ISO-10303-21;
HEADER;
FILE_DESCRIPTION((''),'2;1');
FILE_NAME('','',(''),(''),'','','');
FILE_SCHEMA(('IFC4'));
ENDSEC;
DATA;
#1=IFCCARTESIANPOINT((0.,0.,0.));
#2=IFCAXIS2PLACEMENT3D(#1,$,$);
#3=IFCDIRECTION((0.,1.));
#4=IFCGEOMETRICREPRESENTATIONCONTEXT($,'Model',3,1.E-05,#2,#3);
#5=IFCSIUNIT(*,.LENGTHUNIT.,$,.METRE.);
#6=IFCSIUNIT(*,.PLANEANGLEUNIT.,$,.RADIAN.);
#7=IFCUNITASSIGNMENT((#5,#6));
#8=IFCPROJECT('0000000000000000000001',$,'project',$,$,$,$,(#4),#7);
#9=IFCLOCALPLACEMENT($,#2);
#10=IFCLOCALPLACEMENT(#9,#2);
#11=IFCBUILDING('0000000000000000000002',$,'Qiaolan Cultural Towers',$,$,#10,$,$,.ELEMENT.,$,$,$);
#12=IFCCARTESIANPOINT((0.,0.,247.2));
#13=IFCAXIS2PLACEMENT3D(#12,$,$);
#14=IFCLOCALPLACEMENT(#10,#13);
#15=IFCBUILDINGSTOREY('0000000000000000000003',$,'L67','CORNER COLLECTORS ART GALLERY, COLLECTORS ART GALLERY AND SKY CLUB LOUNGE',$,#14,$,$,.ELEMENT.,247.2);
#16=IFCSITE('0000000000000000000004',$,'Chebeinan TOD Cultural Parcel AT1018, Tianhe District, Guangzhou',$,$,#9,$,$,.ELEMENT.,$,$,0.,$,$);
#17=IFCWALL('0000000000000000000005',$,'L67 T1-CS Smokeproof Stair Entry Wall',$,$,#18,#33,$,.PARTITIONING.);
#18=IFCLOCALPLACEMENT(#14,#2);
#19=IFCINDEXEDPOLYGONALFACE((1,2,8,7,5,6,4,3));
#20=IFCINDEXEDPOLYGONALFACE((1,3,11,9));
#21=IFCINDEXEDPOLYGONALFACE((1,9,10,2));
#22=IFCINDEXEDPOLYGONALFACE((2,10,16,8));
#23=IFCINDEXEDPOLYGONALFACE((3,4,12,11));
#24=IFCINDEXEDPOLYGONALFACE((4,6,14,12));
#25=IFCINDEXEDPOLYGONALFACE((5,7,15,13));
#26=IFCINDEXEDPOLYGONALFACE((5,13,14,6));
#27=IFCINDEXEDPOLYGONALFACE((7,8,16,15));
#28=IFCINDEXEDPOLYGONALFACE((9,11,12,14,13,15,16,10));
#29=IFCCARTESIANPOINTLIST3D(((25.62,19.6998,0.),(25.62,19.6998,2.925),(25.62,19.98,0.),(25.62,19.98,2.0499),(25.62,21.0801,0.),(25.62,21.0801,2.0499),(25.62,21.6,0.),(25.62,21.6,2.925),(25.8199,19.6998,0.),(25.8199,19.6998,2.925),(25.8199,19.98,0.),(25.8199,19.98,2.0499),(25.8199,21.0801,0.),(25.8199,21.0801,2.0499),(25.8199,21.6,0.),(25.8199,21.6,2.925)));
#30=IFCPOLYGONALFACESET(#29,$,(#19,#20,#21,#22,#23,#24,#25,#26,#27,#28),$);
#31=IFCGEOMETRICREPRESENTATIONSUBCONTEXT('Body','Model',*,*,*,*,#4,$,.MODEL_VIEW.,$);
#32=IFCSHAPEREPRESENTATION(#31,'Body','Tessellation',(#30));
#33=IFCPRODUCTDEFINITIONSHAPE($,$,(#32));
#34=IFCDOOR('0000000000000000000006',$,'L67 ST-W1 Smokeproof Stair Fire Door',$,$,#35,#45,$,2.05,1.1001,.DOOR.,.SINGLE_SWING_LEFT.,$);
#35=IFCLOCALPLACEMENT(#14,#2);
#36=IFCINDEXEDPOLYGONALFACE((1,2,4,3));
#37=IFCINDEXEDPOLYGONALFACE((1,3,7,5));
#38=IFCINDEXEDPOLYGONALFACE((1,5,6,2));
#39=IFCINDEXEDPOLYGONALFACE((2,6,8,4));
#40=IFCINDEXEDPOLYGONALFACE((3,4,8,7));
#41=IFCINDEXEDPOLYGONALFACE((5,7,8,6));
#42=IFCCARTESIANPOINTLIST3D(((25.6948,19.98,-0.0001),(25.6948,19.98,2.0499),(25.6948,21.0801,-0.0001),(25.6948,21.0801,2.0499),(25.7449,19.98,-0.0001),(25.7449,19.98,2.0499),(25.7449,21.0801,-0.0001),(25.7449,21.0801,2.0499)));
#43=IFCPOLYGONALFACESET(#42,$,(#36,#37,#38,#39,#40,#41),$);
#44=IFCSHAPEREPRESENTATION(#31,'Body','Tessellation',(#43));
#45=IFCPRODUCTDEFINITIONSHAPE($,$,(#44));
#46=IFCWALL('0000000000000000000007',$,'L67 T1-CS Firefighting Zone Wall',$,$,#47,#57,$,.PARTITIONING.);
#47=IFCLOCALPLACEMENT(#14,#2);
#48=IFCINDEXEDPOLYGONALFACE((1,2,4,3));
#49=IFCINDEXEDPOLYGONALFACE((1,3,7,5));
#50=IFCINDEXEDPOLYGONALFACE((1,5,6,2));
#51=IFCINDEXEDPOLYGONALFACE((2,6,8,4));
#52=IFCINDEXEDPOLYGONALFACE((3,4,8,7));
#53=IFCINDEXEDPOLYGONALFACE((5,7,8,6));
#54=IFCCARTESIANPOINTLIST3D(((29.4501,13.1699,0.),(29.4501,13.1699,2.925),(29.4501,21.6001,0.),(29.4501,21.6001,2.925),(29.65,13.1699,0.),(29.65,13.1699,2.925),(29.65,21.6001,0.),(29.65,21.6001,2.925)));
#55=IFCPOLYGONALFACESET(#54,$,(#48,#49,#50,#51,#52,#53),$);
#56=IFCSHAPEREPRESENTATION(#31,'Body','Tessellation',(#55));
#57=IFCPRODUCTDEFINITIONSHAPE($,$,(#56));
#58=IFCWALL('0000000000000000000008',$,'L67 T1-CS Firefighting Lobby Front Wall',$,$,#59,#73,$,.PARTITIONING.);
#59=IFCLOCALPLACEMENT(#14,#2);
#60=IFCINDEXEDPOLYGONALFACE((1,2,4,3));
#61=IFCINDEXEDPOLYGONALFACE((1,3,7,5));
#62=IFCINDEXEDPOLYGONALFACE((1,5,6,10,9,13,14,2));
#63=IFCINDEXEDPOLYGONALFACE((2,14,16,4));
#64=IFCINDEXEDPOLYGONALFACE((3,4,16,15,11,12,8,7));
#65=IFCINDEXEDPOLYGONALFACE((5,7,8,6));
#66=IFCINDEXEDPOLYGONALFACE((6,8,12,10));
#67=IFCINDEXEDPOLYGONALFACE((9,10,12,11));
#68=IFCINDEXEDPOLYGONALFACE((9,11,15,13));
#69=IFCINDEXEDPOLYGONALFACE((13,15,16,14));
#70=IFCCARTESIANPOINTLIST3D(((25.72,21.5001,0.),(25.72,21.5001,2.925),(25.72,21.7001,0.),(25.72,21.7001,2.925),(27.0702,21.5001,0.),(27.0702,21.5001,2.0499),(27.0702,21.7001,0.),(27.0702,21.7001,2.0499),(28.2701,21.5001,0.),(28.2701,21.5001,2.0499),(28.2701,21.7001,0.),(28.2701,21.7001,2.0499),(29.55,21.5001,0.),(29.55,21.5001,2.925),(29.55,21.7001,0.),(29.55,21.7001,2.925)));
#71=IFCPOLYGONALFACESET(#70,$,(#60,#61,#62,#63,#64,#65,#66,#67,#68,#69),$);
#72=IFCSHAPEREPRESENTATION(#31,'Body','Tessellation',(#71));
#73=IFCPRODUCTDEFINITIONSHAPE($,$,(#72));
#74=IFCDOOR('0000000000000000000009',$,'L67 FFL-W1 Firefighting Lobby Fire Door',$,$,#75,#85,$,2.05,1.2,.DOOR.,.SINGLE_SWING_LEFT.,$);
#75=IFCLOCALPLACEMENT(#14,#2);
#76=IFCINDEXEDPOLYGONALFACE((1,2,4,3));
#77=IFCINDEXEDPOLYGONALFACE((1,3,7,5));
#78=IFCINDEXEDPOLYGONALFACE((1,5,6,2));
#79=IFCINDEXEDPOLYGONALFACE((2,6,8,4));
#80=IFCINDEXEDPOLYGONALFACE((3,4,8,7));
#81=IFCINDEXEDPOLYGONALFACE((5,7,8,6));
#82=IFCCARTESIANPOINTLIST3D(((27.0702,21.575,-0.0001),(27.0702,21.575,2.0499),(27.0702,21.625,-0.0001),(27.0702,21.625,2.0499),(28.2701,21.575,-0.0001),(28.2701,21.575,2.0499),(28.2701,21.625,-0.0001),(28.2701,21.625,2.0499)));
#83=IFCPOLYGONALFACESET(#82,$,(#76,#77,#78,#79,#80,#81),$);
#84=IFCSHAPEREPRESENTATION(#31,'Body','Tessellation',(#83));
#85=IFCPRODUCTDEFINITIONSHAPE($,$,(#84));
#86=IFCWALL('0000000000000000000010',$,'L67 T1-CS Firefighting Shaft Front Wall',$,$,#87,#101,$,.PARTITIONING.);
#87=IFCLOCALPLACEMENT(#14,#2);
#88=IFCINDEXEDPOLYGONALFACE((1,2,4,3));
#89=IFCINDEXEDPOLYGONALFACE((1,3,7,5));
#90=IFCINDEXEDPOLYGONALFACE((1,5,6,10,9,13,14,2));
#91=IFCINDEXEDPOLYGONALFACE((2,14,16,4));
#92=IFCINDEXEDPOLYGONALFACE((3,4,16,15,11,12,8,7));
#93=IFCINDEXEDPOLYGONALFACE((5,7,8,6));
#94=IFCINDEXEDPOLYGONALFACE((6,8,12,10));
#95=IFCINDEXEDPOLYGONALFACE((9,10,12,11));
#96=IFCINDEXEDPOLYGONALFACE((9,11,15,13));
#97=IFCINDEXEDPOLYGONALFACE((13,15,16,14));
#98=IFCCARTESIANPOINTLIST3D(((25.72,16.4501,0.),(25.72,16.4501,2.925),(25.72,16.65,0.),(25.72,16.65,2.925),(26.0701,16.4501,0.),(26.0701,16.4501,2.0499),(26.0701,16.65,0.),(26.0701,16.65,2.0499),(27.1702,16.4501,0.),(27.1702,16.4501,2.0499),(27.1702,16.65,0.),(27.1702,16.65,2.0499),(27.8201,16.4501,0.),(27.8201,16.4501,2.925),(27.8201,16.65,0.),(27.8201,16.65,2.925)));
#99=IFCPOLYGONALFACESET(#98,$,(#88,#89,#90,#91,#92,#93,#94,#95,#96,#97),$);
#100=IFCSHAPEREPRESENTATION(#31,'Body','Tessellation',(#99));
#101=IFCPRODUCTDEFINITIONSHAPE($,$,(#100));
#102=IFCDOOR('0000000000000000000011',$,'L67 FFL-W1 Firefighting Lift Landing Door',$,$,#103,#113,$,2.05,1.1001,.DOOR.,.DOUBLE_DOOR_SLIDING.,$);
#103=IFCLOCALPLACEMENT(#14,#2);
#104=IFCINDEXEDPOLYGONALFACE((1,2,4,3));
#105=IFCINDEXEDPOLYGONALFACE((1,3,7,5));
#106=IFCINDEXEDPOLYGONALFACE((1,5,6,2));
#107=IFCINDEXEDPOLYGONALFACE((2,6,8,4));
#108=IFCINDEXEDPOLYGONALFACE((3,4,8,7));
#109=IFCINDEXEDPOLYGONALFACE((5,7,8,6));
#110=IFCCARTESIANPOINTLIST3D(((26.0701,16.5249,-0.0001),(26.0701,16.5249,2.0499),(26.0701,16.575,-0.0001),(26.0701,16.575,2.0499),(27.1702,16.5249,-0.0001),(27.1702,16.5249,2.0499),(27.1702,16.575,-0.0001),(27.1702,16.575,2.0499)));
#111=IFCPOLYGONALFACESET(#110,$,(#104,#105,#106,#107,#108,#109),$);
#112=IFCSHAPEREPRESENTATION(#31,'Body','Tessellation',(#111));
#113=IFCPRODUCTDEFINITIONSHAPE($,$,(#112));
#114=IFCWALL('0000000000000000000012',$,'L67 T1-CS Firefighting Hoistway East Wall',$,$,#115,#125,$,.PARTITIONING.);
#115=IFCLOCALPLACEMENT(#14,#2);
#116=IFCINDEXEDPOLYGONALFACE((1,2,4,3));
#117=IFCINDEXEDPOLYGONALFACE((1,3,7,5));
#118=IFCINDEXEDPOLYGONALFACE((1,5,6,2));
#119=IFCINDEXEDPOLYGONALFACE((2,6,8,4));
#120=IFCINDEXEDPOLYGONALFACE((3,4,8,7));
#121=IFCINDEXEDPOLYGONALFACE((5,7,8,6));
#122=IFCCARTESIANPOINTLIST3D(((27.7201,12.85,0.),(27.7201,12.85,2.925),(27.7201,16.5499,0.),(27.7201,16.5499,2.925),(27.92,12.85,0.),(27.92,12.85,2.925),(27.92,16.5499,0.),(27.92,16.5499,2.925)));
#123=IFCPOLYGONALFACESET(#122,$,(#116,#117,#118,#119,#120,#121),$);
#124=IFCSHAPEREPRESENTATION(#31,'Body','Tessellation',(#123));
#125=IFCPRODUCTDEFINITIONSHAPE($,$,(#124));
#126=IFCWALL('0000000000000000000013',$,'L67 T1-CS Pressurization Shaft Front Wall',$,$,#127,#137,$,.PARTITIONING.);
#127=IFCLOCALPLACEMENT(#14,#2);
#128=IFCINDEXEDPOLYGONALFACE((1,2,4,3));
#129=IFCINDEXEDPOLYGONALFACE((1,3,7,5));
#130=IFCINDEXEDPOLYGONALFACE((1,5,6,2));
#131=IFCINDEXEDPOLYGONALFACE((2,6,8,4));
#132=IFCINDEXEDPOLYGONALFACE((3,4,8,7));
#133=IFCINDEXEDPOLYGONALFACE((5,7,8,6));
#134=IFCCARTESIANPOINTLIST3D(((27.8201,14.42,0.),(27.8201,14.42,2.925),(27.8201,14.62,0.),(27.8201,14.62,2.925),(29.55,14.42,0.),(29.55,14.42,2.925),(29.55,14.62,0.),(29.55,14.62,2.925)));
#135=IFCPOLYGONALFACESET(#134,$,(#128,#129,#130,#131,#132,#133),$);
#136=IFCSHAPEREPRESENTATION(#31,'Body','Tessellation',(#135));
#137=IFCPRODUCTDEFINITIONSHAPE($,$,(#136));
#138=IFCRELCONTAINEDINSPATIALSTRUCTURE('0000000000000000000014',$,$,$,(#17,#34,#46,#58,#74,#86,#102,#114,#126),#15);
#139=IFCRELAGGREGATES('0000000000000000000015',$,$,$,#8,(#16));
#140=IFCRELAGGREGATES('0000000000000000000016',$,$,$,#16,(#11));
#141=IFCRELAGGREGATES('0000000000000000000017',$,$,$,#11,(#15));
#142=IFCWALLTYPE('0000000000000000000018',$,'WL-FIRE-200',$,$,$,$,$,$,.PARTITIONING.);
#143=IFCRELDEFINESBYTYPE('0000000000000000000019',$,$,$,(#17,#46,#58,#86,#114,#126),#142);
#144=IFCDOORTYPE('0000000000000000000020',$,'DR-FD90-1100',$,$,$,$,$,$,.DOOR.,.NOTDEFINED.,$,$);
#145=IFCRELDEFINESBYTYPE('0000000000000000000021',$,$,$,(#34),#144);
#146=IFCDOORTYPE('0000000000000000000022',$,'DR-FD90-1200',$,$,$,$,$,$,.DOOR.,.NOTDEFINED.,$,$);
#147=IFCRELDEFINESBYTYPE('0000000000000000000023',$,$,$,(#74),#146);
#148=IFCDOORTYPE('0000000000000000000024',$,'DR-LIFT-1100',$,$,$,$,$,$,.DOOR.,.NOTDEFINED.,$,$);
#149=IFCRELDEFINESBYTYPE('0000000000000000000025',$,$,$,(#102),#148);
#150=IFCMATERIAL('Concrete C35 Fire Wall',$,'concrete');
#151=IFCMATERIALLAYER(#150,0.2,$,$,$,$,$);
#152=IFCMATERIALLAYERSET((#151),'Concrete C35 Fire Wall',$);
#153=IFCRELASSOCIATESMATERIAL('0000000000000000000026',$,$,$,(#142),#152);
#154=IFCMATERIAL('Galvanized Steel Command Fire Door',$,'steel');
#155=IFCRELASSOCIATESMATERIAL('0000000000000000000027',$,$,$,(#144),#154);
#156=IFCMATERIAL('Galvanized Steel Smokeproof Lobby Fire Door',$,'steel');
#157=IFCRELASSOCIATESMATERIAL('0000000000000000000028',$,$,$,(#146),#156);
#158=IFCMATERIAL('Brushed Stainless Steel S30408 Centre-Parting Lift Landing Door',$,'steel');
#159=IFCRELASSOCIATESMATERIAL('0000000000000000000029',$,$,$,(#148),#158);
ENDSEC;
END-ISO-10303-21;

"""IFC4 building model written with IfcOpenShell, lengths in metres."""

from ifc_helpers import new_model, si_unit, direction, frame, frame_2d, origin, place, context, subcontext, project, spatial, rectangle, extrude, material, layer, layer_set, type_object, element, fill, save


model = new_model("IFC4")

# Units and contexts
model_context = context("Model", 3, precision=1e-05, world=origin(), true_north=direction((0.0, 1.0)))
body_context = subcontext(model_context, "Body", "Model", "MODEL_VIEW")
ifc_project = project(units=[si_unit("LENGTHUNIT", "METRE"), si_unit("PLANEANGLEUNIT", "RADIAN")], contexts=[model_context])

# Site, building, storey
site_placement = place(None, origin())
site = spatial("IfcSite", under=ifc_project, at=site_placement, Name="Chebeinan TOD Cultural Parcel AT1018, Tianhe District, Guangzhou", CompositionType="ELEMENT", RefElevation=0.0)
building_placement = place(site_placement, origin())
building = spatial("IfcBuilding", under=site, at=building_placement, Name="Qiaolan Cultural Towers", CompositionType="ELEMENT")
storey_placement = place(building_placement, frame((0.0, 0.0, 247.2)))
storey = spatial("IfcBuildingStorey", under=building, at=storey_placement, Name="L67", Description="CORNER COLLECTORS ART GALLERY, COLLECTORS ART GALLERY AND SKY CLUB LOUNGE", CompositionType="ELEMENT", Elevation=247.2)

# Wall, opening, door
ifc_material_1 = material(Name="Concrete C35 Fire Wall", Category="concrete")
ifc_layer_1 = layer(ifc_material_1, 0.2)
ifc_layer_set_1 = layer_set([ifc_layer_1], Name="Concrete C35 Fire Wall")
wall_type_1 = type_object("IfcWallType", Name="WL-FIRE-200", PredefinedType="PARTITIONING", material=ifc_layer_set_1)
wall_1_placement = place(storey_placement, frame((25.72, 21.6001, 0.0), z_axis=(0.0, 0.0, 1.0), x_axis=(0.0, -1.0, 0.0)))
wall_1 = element("IfcWall", 1, at=wall_1_placement, inside=storey, type_object=wall_type_1, Name="L67 T1-CS Smokeproof Stair Entry Wall", PredefinedType="PARTITIONING", context=body_context, shape_type="SweptSolid", body=[
    extrude(rectangle(XDim=1.9001, YDim=0.2, at=frame_2d((0.9502, 0.0))), origin(), (0.0, 0.0, 1.0), 2.925),
])
opening_1_placement = place(wall_1_placement, frame((0.52, 0.0, 0.0)))
opening_1 = element("IfcOpeningElement", 2, at=opening_1_placement, cuts=wall_1, PredefinedType="OPENING", context=body_context, shape_type="SweptSolid", body=[
    extrude(rectangle(XDim=1.1001, YDim=2.05, at=frame_2d((0.55, 1.0249))), frame((0.0, 0.1099, 0.0), z_axis=(0.0, -1.0, 0.0), x_axis=(1.0, 0.0, 0.0)), (0.0, 0.0, 1.0), 0.22),
])
ifc_material_2 = material(Name="Galvanized Steel Command Fire Door", Category="steel")
door_type_1 = type_object("IfcDoorType", Name="DR-FD90-1100", OperationType="NOTDEFINED", PredefinedType="DOOR", material=ifc_material_2)
door_1_placement = place(opening_1_placement, origin())
door_1 = element("IfcDoor", 3, at=door_1_placement, inside=storey, type_object=door_type_1, Name="L67 ST-W1 Smokeproof Stair Fire Door", OperationType="SINGLE_SWING_LEFT", OverallHeight=2.05, OverallWidth=1.1001, PredefinedType="DOOR", context=body_context, shape_type="SweptSolid", body=[
    extrude(rectangle(XDim=1.1001, YDim=2.05, at=frame_2d((0.55, 1.0249))), frame((0.0, 0.0249, 0.0), z_axis=(0.0, -1.0, 0.0), x_axis=(1.0, 0.0, 0.0)), (0.0, 0.0, 1.0), 0.05),
])
fill(opening_1, door_1)

# Wall
wall_2_placement = place(storey_placement, frame((29.55, 21.6001, 0.0), z_axis=(0.0, 0.0, 1.0), x_axis=(0.0, -1.0, 0.0)))
element("IfcWall", 4, at=wall_2_placement, inside=storey, type_object=wall_type_1, Name="L67 T1-CS Firefighting Zone Wall", PredefinedType="PARTITIONING", context=body_context, shape_type="SweptSolid", body=[
    extrude(rectangle(XDim=8.4302, YDim=0.2, at=frame_2d((4.2151, 0.0))), origin(), (0.0, 0.0, 1.0), 2.925),
])

# Walls, openings, doors
wall_3_placement = place(storey_placement, frame((25.72, 21.6001, 0.0), z_axis=(0.0, 0.0, 1.0), x_axis=(1.0, 0.0, 0.0)))
wall_3 = element("IfcWall", 5, at=wall_3_placement, inside=storey, type_object=wall_type_1, Name="L67 T1-CS Firefighting Lobby Front Wall", PredefinedType="PARTITIONING", context=body_context, shape_type="SweptSolid", body=[
    extrude(rectangle(XDim=3.8301, YDim=0.2, at=frame_2d((1.915, 0.0))), origin(), (0.0, 0.0, 1.0), 2.925),
])
opening_2_placement = place(wall_3_placement, frame((1.3501, 0.0, 0.0)))
opening_2 = element("IfcOpeningElement", 6, at=opening_2_placement, cuts=wall_3, PredefinedType="OPENING", context=body_context, shape_type="SweptSolid", body=[
    extrude(rectangle(XDim=1.2, YDim=2.05, at=frame_2d((0.6001, 1.0249))), frame((0.0, 0.1099, 0.0), z_axis=(0.0, -1.0, 0.0), x_axis=(1.0, 0.0, 0.0)), (0.0, 0.0, 1.0), 0.22),
])
ifc_material_3 = material(Name="Galvanized Steel Smokeproof Lobby Fire Door", Category="steel")
door_type_2 = type_object("IfcDoorType", Name="DR-FD90-1200", OperationType="NOTDEFINED", PredefinedType="DOOR", material=ifc_material_3)
door_2_placement = place(opening_2_placement, origin())
door_2 = element("IfcDoor", 7, at=door_2_placement, inside=storey, type_object=door_type_2, Name="L67 FFL-W1 Firefighting Lobby Fire Door", OperationType="SINGLE_SWING_LEFT", OverallHeight=2.05, OverallWidth=1.2, PredefinedType="DOOR", context=body_context, shape_type="SweptSolid", body=[
    extrude(rectangle(XDim=1.2, YDim=2.05, at=frame_2d((0.6001, 1.0249))), frame((0.0, 0.0249, 0.0), z_axis=(0.0, -1.0, 0.0), x_axis=(1.0, 0.0, 0.0)), (0.0, 0.0, 1.0), 0.05),
])
fill(opening_2, door_2)
wall_4_placement = place(storey_placement, frame((25.72, 16.55, 0.0), z_axis=(0.0, 0.0, 1.0), x_axis=(1.0, 0.0, 0.0)))
wall_4 = element("IfcWall", 8, at=wall_4_placement, inside=storey, type_object=wall_type_1, Name="L67 T1-CS Firefighting Shaft Front Wall", PredefinedType="PARTITIONING", context=body_context, shape_type="SweptSolid", body=[
    extrude(rectangle(XDim=2.1001, YDim=0.2, at=frame_2d((1.05, 0.0))), origin(), (0.0, 0.0, 1.0), 2.925),
])
opening_3_placement = place(wall_4_placement, frame((0.3501, 0.0, 0.0)))
opening_3 = element("IfcOpeningElement", 9, at=opening_3_placement, cuts=wall_4, PredefinedType="OPENING", context=body_context, shape_type="SweptSolid", body=[
    extrude(rectangle(XDim=1.1001, YDim=2.05, at=frame_2d((0.55, 1.0249))), frame((0.0, 0.1099, 0.0), z_axis=(0.0, -1.0, 0.0), x_axis=(1.0, 0.0, 0.0)), (0.0, 0.0, 1.0), 0.22),
])
ifc_material_4 = material(Name="Brushed Stainless Steel S30408 Centre-Parting Lift Landing Door", Category="steel")
door_type_3 = type_object("IfcDoorType", Name="DR-LIFT-1100", OperationType="NOTDEFINED", PredefinedType="DOOR", material=ifc_material_4)
door_3_placement = place(opening_3_placement, origin())
door_3 = element("IfcDoor", 10, at=door_3_placement, inside=storey, type_object=door_type_3, Name="L67 FFL-W1 Firefighting Lift Landing Door", OperationType="DOUBLE_DOOR_SLIDING", OverallHeight=2.05, OverallWidth=1.1001, PredefinedType="DOOR", context=body_context, shape_type="SweptSolid", body=[
    extrude(rectangle(XDim=1.1001, YDim=2.05, at=frame_2d((0.55, 1.0249))), frame((0.0, 0.0249, 0.0), z_axis=(0.0, -1.0, 0.0), x_axis=(1.0, 0.0, 0.0)), (0.0, 0.0, 1.0), 0.05),
])
fill(opening_3, door_3)

# Walls
wall_5_placement = place(storey_placement, frame((27.8201, 16.55, 0.0), z_axis=(0.0, 0.0, 1.0), x_axis=(0.0, -1.0, 0.0)))
element("IfcWall", 11, at=wall_5_placement, inside=storey, type_object=wall_type_1, Name="L67 T1-CS Firefighting Hoistway East Wall", PredefinedType="PARTITIONING", context=body_context, shape_type="SweptSolid", body=[
    extrude(rectangle(XDim=3.7, YDim=0.2, at=frame_2d((1.8501, 0.0))), origin(), (0.0, 0.0, 1.0), 2.925),
])
wall_6_placement = place(storey_placement, frame((27.8201, 14.52, 0.0), z_axis=(0.0, 0.0, 1.0), x_axis=(1.0, 0.0, 0.0)))
element("IfcWall", 12, at=wall_6_placement, inside=storey, type_object=wall_type_1, Name="L67 T1-CS Pressurization Shaft Front Wall", PredefinedType="PARTITIONING", context=body_context, shape_type="SweptSolid", body=[
    extrude(rectangle(XDim=1.73, YDim=0.2, at=frame_2d((0.865, 0.0))), origin(), (0.0, 0.0, 1.0), 2.925),
])

save(model, "model.ifc")
